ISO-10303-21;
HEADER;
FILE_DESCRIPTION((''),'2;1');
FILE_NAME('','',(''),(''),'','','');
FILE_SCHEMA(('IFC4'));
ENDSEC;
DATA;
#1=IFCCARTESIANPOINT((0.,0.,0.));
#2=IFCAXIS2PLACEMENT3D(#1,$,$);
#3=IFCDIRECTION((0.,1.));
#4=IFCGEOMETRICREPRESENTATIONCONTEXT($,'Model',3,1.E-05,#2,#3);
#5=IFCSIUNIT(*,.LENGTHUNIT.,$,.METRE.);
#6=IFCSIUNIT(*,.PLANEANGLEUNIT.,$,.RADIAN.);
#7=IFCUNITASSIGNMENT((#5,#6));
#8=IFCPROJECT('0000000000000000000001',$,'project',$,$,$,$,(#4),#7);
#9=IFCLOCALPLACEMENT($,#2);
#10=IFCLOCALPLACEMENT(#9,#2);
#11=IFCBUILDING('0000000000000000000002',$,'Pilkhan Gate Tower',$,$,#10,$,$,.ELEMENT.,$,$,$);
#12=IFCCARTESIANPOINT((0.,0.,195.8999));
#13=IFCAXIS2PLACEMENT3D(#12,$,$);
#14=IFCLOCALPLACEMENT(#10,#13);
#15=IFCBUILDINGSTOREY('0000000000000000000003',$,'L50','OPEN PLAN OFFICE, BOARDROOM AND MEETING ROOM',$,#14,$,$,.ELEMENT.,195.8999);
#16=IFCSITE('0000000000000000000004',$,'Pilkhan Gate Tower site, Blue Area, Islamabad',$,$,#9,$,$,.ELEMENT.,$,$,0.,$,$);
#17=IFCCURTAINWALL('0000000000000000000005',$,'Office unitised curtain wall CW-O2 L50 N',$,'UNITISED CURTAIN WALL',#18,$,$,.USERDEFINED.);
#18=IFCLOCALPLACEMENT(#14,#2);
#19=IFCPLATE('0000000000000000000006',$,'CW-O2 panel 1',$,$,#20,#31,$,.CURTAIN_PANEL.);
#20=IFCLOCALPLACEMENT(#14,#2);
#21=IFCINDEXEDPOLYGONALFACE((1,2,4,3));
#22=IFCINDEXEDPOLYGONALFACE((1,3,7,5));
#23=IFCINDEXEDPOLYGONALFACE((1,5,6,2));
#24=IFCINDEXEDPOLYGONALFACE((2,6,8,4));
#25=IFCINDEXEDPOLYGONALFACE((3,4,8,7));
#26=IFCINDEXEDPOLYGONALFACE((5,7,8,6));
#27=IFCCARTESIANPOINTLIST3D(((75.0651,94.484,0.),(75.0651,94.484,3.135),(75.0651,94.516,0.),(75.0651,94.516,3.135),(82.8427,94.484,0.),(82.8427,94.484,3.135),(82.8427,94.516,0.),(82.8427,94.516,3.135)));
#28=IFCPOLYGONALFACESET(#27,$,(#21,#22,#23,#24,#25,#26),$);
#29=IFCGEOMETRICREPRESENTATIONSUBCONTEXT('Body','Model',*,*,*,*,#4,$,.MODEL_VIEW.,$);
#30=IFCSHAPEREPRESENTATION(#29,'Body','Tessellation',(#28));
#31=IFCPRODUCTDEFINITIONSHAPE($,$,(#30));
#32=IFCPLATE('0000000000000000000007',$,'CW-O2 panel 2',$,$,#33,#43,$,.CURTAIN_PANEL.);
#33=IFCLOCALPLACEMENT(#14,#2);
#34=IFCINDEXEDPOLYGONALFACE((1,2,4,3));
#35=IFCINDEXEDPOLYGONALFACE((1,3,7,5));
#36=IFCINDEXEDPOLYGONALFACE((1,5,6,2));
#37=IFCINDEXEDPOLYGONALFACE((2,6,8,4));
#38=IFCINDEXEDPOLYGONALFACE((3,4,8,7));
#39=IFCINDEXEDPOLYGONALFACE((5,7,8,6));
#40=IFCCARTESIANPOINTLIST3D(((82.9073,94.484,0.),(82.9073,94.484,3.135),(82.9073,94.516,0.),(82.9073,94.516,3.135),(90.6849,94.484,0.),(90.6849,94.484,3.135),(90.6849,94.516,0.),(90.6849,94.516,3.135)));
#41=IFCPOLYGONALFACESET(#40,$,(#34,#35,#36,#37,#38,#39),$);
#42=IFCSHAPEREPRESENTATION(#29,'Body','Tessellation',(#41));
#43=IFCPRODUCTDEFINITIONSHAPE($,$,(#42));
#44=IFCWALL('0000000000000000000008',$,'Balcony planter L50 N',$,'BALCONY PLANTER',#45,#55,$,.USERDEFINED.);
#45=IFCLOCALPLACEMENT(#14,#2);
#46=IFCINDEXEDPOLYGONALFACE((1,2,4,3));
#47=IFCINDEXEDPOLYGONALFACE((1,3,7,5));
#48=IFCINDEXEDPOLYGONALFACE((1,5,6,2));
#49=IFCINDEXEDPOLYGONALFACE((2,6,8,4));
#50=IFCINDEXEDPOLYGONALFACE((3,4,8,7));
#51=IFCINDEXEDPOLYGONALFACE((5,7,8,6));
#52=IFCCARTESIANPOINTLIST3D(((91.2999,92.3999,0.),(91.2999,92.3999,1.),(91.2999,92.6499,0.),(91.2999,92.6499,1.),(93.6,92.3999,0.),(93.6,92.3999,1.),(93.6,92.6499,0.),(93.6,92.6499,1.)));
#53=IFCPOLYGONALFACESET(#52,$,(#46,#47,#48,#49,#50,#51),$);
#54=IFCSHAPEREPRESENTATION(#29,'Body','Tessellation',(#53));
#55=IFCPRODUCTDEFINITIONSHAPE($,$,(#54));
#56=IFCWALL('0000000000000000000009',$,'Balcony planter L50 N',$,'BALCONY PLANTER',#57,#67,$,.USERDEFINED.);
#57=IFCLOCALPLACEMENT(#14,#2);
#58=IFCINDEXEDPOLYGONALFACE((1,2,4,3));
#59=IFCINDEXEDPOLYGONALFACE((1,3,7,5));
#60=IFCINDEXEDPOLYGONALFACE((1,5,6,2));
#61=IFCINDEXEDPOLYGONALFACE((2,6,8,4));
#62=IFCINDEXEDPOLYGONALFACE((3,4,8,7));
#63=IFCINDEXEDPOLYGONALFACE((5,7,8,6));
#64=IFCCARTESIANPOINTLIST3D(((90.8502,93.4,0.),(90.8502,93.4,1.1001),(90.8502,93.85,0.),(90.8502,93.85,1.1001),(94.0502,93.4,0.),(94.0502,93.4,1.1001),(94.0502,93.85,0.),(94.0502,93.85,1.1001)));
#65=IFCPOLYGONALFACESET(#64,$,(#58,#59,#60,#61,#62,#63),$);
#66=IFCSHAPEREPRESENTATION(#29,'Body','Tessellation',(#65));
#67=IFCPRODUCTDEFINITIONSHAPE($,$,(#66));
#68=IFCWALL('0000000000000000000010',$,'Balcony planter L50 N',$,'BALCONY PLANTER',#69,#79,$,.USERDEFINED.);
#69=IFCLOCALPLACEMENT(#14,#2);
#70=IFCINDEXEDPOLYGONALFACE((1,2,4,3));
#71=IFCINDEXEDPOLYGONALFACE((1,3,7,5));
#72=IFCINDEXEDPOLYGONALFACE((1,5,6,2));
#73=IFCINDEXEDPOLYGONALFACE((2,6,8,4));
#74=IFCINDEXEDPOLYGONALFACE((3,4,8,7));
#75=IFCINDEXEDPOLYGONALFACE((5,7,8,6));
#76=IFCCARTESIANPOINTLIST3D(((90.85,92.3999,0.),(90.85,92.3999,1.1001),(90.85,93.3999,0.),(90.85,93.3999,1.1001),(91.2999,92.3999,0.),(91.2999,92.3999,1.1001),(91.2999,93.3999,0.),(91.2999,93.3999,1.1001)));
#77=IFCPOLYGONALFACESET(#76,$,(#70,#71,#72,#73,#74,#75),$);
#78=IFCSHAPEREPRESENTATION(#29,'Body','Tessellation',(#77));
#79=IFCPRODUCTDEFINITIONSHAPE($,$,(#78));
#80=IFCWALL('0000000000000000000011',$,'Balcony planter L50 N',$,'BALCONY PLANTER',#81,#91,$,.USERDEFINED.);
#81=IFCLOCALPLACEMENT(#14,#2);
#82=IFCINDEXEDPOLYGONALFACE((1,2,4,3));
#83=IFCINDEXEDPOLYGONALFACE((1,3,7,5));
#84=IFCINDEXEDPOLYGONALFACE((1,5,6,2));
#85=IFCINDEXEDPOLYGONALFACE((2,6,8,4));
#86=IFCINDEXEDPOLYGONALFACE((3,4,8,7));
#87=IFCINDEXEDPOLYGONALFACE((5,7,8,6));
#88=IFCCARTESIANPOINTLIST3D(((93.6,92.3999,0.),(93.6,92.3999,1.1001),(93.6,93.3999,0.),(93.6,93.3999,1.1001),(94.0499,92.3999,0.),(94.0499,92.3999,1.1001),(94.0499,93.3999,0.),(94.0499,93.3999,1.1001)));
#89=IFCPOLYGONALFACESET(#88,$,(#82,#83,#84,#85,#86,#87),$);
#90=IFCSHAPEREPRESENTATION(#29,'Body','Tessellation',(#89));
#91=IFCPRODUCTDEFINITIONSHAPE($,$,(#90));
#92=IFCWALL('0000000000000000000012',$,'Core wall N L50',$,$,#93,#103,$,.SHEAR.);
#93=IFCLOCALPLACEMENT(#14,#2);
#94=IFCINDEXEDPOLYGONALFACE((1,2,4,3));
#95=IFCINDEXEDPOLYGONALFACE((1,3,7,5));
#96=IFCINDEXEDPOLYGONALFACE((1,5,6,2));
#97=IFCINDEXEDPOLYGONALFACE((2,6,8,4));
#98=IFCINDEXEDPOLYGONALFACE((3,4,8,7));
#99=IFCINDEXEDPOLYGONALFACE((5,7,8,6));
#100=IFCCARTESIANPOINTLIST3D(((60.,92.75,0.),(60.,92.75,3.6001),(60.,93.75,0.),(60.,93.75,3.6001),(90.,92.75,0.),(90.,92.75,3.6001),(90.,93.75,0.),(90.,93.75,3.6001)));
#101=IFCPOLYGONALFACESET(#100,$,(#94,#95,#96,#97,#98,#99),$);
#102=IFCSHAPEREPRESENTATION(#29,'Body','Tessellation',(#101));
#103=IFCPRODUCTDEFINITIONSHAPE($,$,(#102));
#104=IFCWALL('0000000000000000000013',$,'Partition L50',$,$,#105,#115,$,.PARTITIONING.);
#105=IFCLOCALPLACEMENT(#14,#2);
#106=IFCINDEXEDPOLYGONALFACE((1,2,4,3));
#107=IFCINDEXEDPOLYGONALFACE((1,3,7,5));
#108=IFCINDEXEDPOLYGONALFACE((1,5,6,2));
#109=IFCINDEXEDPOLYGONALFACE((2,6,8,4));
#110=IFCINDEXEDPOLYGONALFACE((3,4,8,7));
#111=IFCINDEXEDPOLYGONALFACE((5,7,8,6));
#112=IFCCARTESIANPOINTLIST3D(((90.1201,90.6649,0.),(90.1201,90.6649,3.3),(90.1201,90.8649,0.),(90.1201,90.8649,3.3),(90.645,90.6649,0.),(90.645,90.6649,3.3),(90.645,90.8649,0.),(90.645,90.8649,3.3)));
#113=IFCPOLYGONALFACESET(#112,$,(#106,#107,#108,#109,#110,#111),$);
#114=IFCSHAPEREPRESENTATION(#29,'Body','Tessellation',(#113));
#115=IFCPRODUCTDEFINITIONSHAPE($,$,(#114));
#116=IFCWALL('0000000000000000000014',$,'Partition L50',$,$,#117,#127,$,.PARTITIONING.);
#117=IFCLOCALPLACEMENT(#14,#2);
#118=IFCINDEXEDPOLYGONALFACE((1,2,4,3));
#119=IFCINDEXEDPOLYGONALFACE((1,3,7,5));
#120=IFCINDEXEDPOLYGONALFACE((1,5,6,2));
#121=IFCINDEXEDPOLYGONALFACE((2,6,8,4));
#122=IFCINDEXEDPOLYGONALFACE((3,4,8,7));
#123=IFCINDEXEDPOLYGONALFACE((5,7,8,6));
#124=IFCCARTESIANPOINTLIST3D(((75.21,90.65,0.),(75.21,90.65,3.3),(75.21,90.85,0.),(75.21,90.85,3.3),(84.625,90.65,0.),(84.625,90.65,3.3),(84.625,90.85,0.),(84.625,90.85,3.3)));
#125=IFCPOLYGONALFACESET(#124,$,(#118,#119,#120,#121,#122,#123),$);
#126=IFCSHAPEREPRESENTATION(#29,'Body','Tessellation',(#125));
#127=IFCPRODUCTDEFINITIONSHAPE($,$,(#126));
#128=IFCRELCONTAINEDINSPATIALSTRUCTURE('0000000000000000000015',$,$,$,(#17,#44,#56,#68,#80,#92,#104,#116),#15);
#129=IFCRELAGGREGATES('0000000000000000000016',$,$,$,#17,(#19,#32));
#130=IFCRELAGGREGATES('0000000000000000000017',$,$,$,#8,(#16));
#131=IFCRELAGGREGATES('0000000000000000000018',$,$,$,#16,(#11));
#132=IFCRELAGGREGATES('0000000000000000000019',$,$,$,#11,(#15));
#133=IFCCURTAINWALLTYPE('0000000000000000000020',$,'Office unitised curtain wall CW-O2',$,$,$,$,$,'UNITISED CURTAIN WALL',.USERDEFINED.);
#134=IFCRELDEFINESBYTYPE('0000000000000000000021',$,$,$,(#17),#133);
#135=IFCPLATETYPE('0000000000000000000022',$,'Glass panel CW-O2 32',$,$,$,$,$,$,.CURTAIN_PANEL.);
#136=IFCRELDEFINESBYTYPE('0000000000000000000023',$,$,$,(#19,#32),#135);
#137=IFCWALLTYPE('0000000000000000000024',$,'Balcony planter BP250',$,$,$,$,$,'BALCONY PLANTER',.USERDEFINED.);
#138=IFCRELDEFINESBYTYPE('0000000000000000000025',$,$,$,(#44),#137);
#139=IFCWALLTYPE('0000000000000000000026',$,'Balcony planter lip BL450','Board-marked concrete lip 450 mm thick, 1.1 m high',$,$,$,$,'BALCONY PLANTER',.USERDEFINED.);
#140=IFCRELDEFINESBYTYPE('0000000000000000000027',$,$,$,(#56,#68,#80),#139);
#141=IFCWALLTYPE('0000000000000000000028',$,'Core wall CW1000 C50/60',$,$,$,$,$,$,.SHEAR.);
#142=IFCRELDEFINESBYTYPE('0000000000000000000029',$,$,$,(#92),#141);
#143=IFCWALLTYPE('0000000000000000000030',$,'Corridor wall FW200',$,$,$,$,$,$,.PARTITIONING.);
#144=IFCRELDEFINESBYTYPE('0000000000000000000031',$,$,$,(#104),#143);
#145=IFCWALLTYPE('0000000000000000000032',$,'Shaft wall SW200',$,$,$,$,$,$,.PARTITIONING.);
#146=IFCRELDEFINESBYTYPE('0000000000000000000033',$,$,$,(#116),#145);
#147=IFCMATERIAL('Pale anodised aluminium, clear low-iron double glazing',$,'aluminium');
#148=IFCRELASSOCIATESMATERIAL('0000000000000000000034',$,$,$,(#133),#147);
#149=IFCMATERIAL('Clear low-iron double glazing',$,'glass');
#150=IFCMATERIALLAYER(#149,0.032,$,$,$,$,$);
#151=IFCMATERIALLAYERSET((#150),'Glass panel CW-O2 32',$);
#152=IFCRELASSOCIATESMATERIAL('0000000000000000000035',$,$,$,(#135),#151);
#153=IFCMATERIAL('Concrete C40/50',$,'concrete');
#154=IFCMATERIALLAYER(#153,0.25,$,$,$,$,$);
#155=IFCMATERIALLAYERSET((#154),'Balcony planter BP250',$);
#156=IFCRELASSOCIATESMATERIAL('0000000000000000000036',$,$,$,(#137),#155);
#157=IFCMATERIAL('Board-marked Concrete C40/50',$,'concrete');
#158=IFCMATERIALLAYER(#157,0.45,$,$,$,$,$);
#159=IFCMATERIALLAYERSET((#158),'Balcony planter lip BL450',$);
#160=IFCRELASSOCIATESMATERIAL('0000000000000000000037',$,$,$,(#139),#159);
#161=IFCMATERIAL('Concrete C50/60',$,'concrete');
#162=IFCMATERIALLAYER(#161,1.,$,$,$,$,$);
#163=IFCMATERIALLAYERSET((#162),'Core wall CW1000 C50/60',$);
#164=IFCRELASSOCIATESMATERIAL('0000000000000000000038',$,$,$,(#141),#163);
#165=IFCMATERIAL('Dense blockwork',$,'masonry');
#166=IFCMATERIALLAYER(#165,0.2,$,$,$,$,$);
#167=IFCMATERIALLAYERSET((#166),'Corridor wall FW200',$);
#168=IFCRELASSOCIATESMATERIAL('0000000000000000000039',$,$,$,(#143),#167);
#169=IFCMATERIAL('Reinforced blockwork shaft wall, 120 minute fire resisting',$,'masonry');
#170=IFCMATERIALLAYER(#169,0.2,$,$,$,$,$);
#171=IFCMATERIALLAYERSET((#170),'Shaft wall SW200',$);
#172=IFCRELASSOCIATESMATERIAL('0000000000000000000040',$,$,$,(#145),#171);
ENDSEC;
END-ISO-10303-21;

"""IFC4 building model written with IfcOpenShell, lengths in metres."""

from ifc_helpers import new_model, si_unit, direction, frame, frame_2d, origin, origin_2d, place, context, subcontext, project, spatial, rectangle, extrude, material, layer, layer_set, type_object, element, aggregate, save


model = new_model("IFC4")

# Units and contexts
model_context = context("Model", 3, precision=1e-05, world=origin(), true_north=direction((0.0, 1.0)))
body_context = subcontext(model_context, "Body", "Model", "MODEL_VIEW")
ifc_project = project(units=[si_unit("LENGTHUNIT", "METRE"), si_unit("PLANEANGLEUNIT", "RADIAN")], contexts=[model_context])

# Site, building, storey
site_placement = place(None, origin())
site = spatial("IfcSite", under=ifc_project, at=site_placement, Name="Pilkhan Gate Tower site, Blue Area, Islamabad", CompositionType="ELEMENT", RefElevation=0.0)
building_placement = place(site_placement, origin())
building = spatial("IfcBuilding", under=site, at=building_placement, Name="Pilkhan Gate Tower", CompositionType="ELEMENT")
storey_placement = place(building_placement, frame((0.0, 0.0, 195.8999)))
storey = spatial("IfcBuildingStorey", under=building, at=storey_placement, Name="L50", Description="OPEN PLAN OFFICE, BOARDROOM AND MEETING ROOM", CompositionType="ELEMENT", Elevation=195.8999)

# Shared definitions
ifc_material_1 = material(Name="Concrete C50/60", Category="concrete")

# Shared definitions
ifc_material_2 = material(Name="Pale anodised aluminium, clear low-iron double glazing", Category="aluminium")
curtain_wall_type = type_object("IfcCurtainWallType", Name="Office unitised curtain wall CW-O2", ElementType="UNITISED CURTAIN WALL", PredefinedType="USERDEFINED", material=ifc_material_2)

# Curtain wall
curtain_wall_1_placement = place(storey_placement, origin())
curtain_wall_1 = element("IfcCurtainWall", 1, at=curtain_wall_1_placement, inside=storey, type_object=curtain_wall_type, Name="Office unitised curtain wall CW-O2 L50 N", ObjectType="UNITISED CURTAIN WALL", PredefinedType="USERDEFINED")

# Plates
ifc_material_3 = material(Name="Clear low-iron double glazing", Category="glass")
ifc_layer_1 = layer(ifc_material_3, 0.032)
ifc_layer_set_1 = layer_set([ifc_layer_1], Name="Glass panel CW-O2 32")
plate_type = type_object("IfcPlateType", Name="Glass panel CW-O2 32", PredefinedType="CURTAIN_PANEL", material=ifc_layer_set_1)
plate_1_placement = place(storey_placement, frame((78.9539, 94.5, 0.0), z_axis=(0.0, 0.0, 1.0), x_axis=(1.0, 0.0, 0.0)))
plate_1 = element("IfcPlate", 2, at=plate_1_placement, type_object=plate_type, Name="CW-O2 panel 1", PredefinedType="CURTAIN_PANEL", context=body_context, shape_type="SweptSolid", body=[
    extrude(rectangle(XDim=7.7776, YDim=0.032, at=origin_2d()), origin(), (0.0, 0.0, 1.0), 3.135),
])
plate_2_placement = place(storey_placement, frame((86.7961, 94.5, 0.0), z_axis=(0.0, 0.0, 1.0), x_axis=(1.0, 0.0, 0.0)))
plate_2 = element("IfcPlate", 3, at=plate_2_placement, type_object=plate_type, Name="CW-O2 panel 2", PredefinedType="CURTAIN_PANEL", context=body_context, shape_type="SweptSolid", body=[
    extrude(rectangle(XDim=7.7776, YDim=0.032, at=origin_2d()), origin(), (0.0, 0.0, 1.0), 3.135),
])
aggregate(curtain_wall_1, [plate_1, plate_2])

# Walls
ifc_material_4 = material(Name="Concrete C40/50", Category="concrete")
ifc_layer_2 = layer(ifc_material_4, 0.25)
ifc_layer_set_2 = layer_set([ifc_layer_2], Name="Balcony planter BP250")
wall_type_1 = type_object("IfcWallType", Name="Balcony planter BP250", ElementType="BALCONY PLANTER", PredefinedType="USERDEFINED", material=ifc_layer_set_2)
wall_1_placement = place(storey_placement, frame((91.3, 92.5249, 0.0), z_axis=(0.0, 0.0, 1.0), x_axis=(1.0, 0.0, 0.0)))
element("IfcWall", 4, at=wall_1_placement, inside=storey, type_object=wall_type_1, Name="Balcony planter L50 N", ObjectType="BALCONY PLANTER", PredefinedType="USERDEFINED", context=body_context, shape_type="SweptSolid", body=[
    extrude(rectangle(XDim=2.3, YDim=0.25, at=frame_2d((1.1499, 0.0))), origin(), (0.0, 0.0, 1.0), 1.0),
])
ifc_material_5 = material(Name="Board-marked Concrete C40/50", Category="concrete")
ifc_layer_3 = layer(ifc_material_5, 0.45)
ifc_layer_set_3 = layer_set([ifc_layer_3], Name="Balcony planter lip BL450")
wall_type_2 = type_object("IfcWallType", Name="Balcony planter lip BL450", Description="Board-marked concrete lip 450 mm thick, 1.1 m high", ElementType="BALCONY PLANTER", PredefinedType="USERDEFINED", material=ifc_layer_set_3)
wall_2_placement = place(storey_placement, frame((90.8501, 93.625, 0.0), z_axis=(0.0, 0.0, 1.0), x_axis=(1.0, 0.0, 0.0)))
element("IfcWall", 5, at=wall_2_placement, inside=storey, type_object=wall_type_2, Name="Balcony planter L50 N", ObjectType="BALCONY PLANTER", PredefinedType="USERDEFINED", context=body_context, shape_type="SweptSolid", body=[
    extrude(rectangle(XDim=3.2, YDim=0.45, at=frame_2d((1.6001, 0.0))), origin(), (0.0, 0.0, 1.0), 1.1001),
])
for number, where, z_axis, x_axis, name in (
    (6, (91.075, 92.3999, 0.0), (0.0, 0.0, 1.0), (0.0, 1.0, 0.0), "Balcony planter L50 N"),
    (7, (93.825, 92.3999, 0.0), (0.0, 0.0, 1.0), (0.0, 1.0, 0.0), "Balcony planter L50 N"),
):
    element("IfcWall", number, at=place(storey_placement, frame(where, z_axis=z_axis, x_axis=x_axis)), inside=storey, type_object=wall_type_2, Name=name, ObjectType="BALCONY PLANTER", PredefinedType="USERDEFINED", context=body_context, shape_type="SweptSolid", body=[
        extrude(rectangle(XDim=1.0, YDim=0.45, at=frame_2d((0.5, 0.0))), origin(), (0.0, 0.0, 1.0), 1.1001),
    ])
ifc_layer_4 = layer(ifc_material_1, 1.0)
ifc_layer_set_4 = layer_set([ifc_layer_4], Name="Core wall CW1000 C50/60")
wall_type_3 = type_object("IfcWallType", Name="Core wall CW1000 C50/60", PredefinedType="SHEAR", material=ifc_layer_set_4)
wall_3_placement = place(storey_placement, frame((90.0, 93.25, 0.0), z_axis=(0.0, 0.0, 1.0), x_axis=(-1.0, 0.0, 0.0)))
element("IfcWall", 8, at=wall_3_placement, inside=storey, type_object=wall_type_3, Name="Core wall N L50", PredefinedType="SHEAR", context=body_context, shape_type="SweptSolid", body=[
    extrude(rectangle(XDim=30.0, YDim=1.0, at=frame_2d((15.0, 0.0))), origin(), (0.0, 0.0, 1.0), 3.6001),
])
ifc_material_6 = material(Name="Dense blockwork", Category="masonry")
ifc_layer_5 = layer(ifc_material_6, 0.2)
ifc_layer_set_5 = layer_set([ifc_layer_5], Name="Corridor wall FW200")
wall_type_4 = type_object("IfcWallType", Name="Corridor wall FW200", PredefinedType="PARTITIONING", material=ifc_layer_set_5)
wall_4_placement = place(storey_placement, frame((90.1201, 90.7649, 0.0), z_axis=(0.0, 0.0, 1.0), x_axis=(1.0, 0.0, 0.0)))
element("IfcWall", 9, at=wall_4_placement, inside=storey, type_object=wall_type_4, Name="Partition L50", PredefinedType="PARTITIONING", context=body_context, shape_type="SweptSolid", body=[
    extrude(rectangle(XDim=0.5249, YDim=0.2, at=frame_2d((0.2625, 0.0))), origin(), (0.0, 0.0, 1.0), 3.3),
])

# Wall
ifc_material_7 = material(Name="Reinforced blockwork shaft wall, 120 minute fire resisting", Category="masonry")
ifc_layer_6 = layer(ifc_material_7, 0.2)
ifc_layer_set_6 = layer_set([ifc_layer_6], Name="Shaft wall SW200")
wall_type_5 = type_object("IfcWallType", Name="Shaft wall SW200", PredefinedType="PARTITIONING", material=ifc_layer_set_6)
wall_5_placement = place(storey_placement, frame((75.21, 90.75, 0.0), z_axis=(0.0, 0.0, 1.0), x_axis=(1.0, 0.0, 0.0)))
element("IfcWall", 10, at=wall_5_placement, inside=storey, type_object=wall_type_5, Name="Partition L50", PredefinedType="PARTITIONING", context=body_context, shape_type="SweptSolid", body=[
    extrude(rectangle(XDim=9.415, YDim=0.2, at=frame_2d((4.7075, 0.0))), origin(), (0.0, 0.0, 1.0), 3.3),
])

save(model, "model.ifc")
